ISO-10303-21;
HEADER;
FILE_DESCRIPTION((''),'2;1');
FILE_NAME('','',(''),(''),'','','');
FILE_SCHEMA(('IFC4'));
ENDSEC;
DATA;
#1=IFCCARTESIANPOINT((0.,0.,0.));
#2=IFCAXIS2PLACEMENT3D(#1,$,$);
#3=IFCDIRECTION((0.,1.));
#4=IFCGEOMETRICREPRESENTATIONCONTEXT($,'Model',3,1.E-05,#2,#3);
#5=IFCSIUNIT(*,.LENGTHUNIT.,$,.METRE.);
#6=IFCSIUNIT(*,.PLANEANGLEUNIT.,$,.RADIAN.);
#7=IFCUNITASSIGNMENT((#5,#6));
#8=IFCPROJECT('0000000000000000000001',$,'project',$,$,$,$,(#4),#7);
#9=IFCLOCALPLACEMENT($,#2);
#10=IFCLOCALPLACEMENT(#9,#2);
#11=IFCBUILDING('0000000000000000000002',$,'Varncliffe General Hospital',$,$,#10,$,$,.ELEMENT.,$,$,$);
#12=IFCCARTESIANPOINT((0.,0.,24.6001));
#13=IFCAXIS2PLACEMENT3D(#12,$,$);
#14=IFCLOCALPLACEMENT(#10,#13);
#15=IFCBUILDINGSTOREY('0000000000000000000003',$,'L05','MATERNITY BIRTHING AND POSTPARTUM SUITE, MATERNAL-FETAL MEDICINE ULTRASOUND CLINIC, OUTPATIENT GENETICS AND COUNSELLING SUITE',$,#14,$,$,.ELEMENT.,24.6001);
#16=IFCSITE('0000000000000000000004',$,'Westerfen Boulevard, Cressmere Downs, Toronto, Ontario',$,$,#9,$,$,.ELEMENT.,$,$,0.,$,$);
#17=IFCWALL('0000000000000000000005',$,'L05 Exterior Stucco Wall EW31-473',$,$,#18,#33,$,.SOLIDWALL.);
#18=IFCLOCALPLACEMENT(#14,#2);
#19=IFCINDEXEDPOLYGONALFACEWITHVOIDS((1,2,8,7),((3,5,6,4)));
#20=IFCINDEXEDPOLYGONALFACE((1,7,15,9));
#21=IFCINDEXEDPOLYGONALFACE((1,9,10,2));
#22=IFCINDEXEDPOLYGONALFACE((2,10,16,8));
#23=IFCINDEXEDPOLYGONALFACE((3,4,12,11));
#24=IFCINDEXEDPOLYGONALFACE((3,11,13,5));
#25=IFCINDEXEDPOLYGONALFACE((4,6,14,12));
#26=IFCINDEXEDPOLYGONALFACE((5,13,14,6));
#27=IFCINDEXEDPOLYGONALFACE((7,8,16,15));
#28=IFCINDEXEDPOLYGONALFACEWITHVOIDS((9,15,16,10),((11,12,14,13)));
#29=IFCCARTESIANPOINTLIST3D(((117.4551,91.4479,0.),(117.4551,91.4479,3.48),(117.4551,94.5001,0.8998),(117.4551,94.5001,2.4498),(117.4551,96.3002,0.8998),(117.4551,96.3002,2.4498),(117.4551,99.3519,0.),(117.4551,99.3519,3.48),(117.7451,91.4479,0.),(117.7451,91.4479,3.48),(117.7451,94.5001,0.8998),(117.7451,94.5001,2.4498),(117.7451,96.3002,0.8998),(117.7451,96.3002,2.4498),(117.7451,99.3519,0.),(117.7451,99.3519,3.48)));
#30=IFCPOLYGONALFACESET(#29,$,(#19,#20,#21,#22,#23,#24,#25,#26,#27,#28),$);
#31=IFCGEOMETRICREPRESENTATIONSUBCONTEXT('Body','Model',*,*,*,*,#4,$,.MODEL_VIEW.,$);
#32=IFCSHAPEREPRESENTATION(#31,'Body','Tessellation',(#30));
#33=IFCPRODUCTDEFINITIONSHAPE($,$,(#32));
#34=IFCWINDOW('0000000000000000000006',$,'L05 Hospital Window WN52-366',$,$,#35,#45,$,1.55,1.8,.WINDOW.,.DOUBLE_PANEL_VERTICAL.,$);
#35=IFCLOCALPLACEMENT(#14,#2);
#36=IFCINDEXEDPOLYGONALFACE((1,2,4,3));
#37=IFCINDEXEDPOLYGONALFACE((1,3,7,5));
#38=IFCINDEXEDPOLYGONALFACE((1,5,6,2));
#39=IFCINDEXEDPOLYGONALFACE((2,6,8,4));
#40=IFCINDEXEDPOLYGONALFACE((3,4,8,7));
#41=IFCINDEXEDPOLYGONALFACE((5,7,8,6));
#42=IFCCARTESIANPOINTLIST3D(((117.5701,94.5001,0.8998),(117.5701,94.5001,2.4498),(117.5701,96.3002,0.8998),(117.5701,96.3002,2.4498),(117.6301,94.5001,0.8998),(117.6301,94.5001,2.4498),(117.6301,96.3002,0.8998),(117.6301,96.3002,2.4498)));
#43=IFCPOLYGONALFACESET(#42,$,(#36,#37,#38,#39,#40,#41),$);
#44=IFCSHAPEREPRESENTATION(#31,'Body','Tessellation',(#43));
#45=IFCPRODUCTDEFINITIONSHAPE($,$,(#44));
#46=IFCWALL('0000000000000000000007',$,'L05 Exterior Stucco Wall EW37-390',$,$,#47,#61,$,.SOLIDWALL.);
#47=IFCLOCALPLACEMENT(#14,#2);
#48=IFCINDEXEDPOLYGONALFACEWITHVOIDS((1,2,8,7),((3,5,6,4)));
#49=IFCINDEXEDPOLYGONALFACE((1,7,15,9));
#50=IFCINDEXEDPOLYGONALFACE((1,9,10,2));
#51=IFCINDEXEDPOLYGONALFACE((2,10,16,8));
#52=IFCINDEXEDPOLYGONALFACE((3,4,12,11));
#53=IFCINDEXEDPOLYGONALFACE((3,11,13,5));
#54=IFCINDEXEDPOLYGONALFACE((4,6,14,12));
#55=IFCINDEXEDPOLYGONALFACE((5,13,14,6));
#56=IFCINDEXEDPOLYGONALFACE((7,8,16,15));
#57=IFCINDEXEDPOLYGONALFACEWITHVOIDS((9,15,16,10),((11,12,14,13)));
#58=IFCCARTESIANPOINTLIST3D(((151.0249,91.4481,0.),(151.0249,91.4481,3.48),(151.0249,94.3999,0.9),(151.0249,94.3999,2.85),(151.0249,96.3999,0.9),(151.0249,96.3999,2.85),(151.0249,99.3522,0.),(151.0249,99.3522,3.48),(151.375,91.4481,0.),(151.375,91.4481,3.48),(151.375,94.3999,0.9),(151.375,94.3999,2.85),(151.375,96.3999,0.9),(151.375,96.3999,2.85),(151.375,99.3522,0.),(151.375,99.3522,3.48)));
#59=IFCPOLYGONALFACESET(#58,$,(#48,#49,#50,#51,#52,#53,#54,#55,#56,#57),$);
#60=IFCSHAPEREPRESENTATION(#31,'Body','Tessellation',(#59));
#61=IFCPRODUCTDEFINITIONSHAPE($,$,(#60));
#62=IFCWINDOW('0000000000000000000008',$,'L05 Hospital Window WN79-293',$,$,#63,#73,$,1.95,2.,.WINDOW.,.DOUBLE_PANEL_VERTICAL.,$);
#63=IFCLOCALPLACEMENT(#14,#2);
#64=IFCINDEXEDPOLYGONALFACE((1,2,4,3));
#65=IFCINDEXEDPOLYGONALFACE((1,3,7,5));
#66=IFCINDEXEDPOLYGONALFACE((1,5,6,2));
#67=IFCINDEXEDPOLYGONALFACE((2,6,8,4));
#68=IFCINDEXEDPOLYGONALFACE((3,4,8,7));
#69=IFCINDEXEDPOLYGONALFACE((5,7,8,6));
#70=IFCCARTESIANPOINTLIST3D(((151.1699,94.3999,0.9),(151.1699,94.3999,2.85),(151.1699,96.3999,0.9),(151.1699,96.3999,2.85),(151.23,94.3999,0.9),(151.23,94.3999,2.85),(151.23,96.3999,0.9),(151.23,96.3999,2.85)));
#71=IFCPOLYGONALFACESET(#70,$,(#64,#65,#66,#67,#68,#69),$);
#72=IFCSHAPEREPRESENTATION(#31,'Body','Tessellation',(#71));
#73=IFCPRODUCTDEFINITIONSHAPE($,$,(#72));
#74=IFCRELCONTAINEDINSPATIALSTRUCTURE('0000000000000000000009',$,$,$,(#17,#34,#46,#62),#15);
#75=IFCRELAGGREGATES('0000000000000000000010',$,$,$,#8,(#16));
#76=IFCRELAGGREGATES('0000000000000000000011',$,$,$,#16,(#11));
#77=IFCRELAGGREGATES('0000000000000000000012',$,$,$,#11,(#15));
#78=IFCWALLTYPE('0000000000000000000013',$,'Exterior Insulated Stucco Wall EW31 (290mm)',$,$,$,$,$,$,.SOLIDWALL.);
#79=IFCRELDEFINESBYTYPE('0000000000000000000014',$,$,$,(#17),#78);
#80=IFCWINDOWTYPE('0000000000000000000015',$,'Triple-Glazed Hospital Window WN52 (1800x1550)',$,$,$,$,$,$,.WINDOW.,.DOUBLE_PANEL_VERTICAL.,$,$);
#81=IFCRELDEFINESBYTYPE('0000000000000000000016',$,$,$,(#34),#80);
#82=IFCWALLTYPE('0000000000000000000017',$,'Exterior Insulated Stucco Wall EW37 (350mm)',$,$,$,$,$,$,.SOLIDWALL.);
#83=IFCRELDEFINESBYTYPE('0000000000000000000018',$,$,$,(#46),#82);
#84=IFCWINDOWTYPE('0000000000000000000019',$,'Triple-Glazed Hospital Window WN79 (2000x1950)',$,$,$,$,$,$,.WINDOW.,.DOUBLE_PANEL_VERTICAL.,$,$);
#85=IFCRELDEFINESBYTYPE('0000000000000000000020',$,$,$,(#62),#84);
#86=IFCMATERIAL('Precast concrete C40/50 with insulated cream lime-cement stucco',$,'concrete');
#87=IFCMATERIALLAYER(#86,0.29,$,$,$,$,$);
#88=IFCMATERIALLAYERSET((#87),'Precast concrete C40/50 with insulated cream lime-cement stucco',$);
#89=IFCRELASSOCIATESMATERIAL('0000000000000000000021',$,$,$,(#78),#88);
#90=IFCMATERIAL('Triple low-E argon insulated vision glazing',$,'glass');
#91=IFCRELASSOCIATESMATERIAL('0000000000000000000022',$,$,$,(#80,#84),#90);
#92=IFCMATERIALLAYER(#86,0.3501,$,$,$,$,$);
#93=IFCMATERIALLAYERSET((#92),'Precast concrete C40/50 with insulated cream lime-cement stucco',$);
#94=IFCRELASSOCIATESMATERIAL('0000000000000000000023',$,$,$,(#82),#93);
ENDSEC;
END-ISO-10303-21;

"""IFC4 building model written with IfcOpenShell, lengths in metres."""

from ifc_helpers import new_model, si_unit, direction, frame, frame_2d, origin, place, context, subcontext, project, spatial, rectangle, extrude, material, layer, layer_set, type_object, element, fill, save


model = new_model("IFC4")

# Units and contexts
model_context = context("Model", 3, precision=1e-05, world=origin(), true_north=direction((0.0, 1.0)))
body_context = subcontext(model_context, "Body", "Model", "MODEL_VIEW")
ifc_project = project(units=[si_unit("LENGTHUNIT", "METRE"), si_unit("PLANEANGLEUNIT", "RADIAN")], contexts=[model_context])

# Site, building, storey
site_placement = place(None, origin())
site = spatial("IfcSite", under=ifc_project, at=site_placement, Name="Westerfen Boulevard, Cressmere Downs, Toronto, Ontario", CompositionType="ELEMENT", RefElevation=0.0)
building_placement = place(site_placement, origin())
building = spatial("IfcBuilding", under=site, at=building_placement, Name="Varncliffe General Hospital", CompositionType="ELEMENT")
storey_placement = place(building_placement, frame((0.0, 0.0, 24.6001)))
storey = spatial("IfcBuildingStorey", under=building, at=storey_placement, Name="L05", Description="MATERNITY BIRTHING AND POSTPARTUM SUITE, MATERNAL-FETAL MEDICINE ULTRASOUND CLINIC, OUTPATIENT GENETICS AND COUNSELLING SUITE", CompositionType="ELEMENT", Elevation=24.6001)

# Shared definitions
ifc_material_1 = material(Name="Precast concrete C40/50 with insulated cream lime-cement stucco", Category="concrete")

# Walls, openings, windows
ifc_material_2 = material(Name="Triple low-E argon insulated vision glazing", Category="glass")
ifc_layer_1 = layer(ifc_material_1, 0.29)
ifc_layer_set_1 = layer_set([ifc_layer_1], Name="Precast concrete C40/50 with insulated cream lime-cement stucco")
wall_type_1 = type_object("IfcWallType", Name="Exterior Insulated Stucco Wall EW31 (290mm)", PredefinedType="SOLIDWALL", material=ifc_layer_set_1)
wall_1_placement = place(storey_placement, frame((117.6001, 99.3521, 0.0), z_axis=(0.0, 0.0, 1.0), x_axis=(0.0, -1.0, 0.0)))
wall_1 = element("IfcWall", 1, at=wall_1_placement, inside=storey, type_object=wall_type_1, Name="L05 Exterior Stucco Wall EW31-473", PredefinedType="SOLIDWALL", context=body_context, shape_type="SweptSolid", body=[
    extrude(rectangle(XDim=7.9041, YDim=0.29, at=frame_2d((3.9521, 0.0))), origin(), (0.0, 0.0, 1.0), 3.48),
])
opening_1_placement = place(wall_1_placement, frame((3.052, 0.0, 0.8999)))
opening_1 = element("IfcOpeningElement", 2, at=opening_1_placement, cuts=wall_1, PredefinedType="OPENING", context=body_context, shape_type="SweptSolid", body=[
    extrude(rectangle(XDim=1.8, YDim=1.55, at=frame_2d((0.8999, 0.7749))), frame((0.0, 0.155, 0.0), z_axis=(0.0, -1.0, 0.0), x_axis=(1.0, 0.0, 0.0)), (0.0, 0.0, 1.0), 0.3101),
])
window_type_1 = type_object("IfcWindowType", Name="Triple-Glazed Hospital Window WN52 (1800x1550)", PartitioningType="DOUBLE_PANEL_VERTICAL", PredefinedType="WINDOW", material=ifc_material_2)
window_1_placement = place(opening_1_placement, origin())
window_1 = element("IfcWindow", 3, at=window_1_placement, inside=storey, type_object=window_type_1, Name="L05 Hospital Window WN52-366", OverallHeight=1.55, OverallWidth=1.8, PartitioningType="DOUBLE_PANEL_VERTICAL", PredefinedType="WINDOW", context=body_context, shape_type="SweptSolid", body=[
    extrude(rectangle(XDim=1.8, YDim=1.55, at=frame_2d((0.8999, 0.7749))), frame((0.0, 0.03, 0.0), z_axis=(0.0, -1.0, 0.0), x_axis=(1.0, 0.0, 0.0)), (0.0, 0.0, 1.0), 0.0601),
])
fill(opening_1, window_1)
ifc_layer_2 = layer(ifc_material_1, 0.3501)
ifc_layer_set_2 = layer_set([ifc_layer_2], Name="Precast concrete C40/50 with insulated cream lime-cement stucco")
wall_type_2 = type_object("IfcWallType", Name="Exterior Insulated Stucco Wall EW37 (350mm)", PredefinedType="SOLIDWALL", material=ifc_layer_set_2)
wall_2_placement = place(storey_placement, frame((151.2, 91.448, 0.0), z_axis=(0.0, 0.0, 1.0), x_axis=(0.0, 1.0, 0.0)))
wall_2 = element("IfcWall", 4, at=wall_2_placement, inside=storey, type_object=wall_type_2, Name="L05 Exterior Stucco Wall EW37-390", PredefinedType="SOLIDWALL", context=body_context, shape_type="SweptSolid", body=[
    extrude(rectangle(XDim=7.9041, YDim=0.3501, at=frame_2d((3.9521, 0.0))), origin(), (0.0, 0.0, 1.0), 3.48),
])
opening_2_placement = place(wall_2_placement, frame((2.9519, 0.0, 0.8999)))
opening_2 = element("IfcOpeningElement", 5, at=opening_2_placement, cuts=wall_2, PredefinedType="OPENING", context=body_context, shape_type="SweptSolid", body=[
    extrude(rectangle(XDim=2.0, YDim=1.95, at=frame_2d((1.0, 0.9751))), frame((0.0, 0.1851, 0.0), z_axis=(0.0, -1.0, 0.0), x_axis=(1.0, 0.0, 0.0)), (0.0, 0.0, 1.0), 0.3701),
])
window_type_2 = type_object("IfcWindowType", Name="Triple-Glazed Hospital Window WN79 (2000x1950)", PartitioningType="DOUBLE_PANEL_VERTICAL", PredefinedType="WINDOW", material=ifc_material_2)
window_2_placement = place(opening_2_placement, origin())
window_2 = element("IfcWindow", 6, at=window_2_placement, inside=storey, type_object=window_type_2, Name="L05 Hospital Window WN79-293", OverallHeight=1.95, OverallWidth=2.0, PartitioningType="DOUBLE_PANEL_VERTICAL", PredefinedType="WINDOW", context=body_context, shape_type="SweptSolid", body=[
    extrude(rectangle(XDim=2.0, YDim=1.95, at=frame_2d((1.0, 0.9751))), frame((0.0, 0.03, 0.0), z_axis=(0.0, -1.0, 0.0), x_axis=(1.0, 0.0, 0.0)), (0.0, 0.0, 1.0), 0.0601),
])
fill(opening_2, window_2)

save(model, "model.ifc")
